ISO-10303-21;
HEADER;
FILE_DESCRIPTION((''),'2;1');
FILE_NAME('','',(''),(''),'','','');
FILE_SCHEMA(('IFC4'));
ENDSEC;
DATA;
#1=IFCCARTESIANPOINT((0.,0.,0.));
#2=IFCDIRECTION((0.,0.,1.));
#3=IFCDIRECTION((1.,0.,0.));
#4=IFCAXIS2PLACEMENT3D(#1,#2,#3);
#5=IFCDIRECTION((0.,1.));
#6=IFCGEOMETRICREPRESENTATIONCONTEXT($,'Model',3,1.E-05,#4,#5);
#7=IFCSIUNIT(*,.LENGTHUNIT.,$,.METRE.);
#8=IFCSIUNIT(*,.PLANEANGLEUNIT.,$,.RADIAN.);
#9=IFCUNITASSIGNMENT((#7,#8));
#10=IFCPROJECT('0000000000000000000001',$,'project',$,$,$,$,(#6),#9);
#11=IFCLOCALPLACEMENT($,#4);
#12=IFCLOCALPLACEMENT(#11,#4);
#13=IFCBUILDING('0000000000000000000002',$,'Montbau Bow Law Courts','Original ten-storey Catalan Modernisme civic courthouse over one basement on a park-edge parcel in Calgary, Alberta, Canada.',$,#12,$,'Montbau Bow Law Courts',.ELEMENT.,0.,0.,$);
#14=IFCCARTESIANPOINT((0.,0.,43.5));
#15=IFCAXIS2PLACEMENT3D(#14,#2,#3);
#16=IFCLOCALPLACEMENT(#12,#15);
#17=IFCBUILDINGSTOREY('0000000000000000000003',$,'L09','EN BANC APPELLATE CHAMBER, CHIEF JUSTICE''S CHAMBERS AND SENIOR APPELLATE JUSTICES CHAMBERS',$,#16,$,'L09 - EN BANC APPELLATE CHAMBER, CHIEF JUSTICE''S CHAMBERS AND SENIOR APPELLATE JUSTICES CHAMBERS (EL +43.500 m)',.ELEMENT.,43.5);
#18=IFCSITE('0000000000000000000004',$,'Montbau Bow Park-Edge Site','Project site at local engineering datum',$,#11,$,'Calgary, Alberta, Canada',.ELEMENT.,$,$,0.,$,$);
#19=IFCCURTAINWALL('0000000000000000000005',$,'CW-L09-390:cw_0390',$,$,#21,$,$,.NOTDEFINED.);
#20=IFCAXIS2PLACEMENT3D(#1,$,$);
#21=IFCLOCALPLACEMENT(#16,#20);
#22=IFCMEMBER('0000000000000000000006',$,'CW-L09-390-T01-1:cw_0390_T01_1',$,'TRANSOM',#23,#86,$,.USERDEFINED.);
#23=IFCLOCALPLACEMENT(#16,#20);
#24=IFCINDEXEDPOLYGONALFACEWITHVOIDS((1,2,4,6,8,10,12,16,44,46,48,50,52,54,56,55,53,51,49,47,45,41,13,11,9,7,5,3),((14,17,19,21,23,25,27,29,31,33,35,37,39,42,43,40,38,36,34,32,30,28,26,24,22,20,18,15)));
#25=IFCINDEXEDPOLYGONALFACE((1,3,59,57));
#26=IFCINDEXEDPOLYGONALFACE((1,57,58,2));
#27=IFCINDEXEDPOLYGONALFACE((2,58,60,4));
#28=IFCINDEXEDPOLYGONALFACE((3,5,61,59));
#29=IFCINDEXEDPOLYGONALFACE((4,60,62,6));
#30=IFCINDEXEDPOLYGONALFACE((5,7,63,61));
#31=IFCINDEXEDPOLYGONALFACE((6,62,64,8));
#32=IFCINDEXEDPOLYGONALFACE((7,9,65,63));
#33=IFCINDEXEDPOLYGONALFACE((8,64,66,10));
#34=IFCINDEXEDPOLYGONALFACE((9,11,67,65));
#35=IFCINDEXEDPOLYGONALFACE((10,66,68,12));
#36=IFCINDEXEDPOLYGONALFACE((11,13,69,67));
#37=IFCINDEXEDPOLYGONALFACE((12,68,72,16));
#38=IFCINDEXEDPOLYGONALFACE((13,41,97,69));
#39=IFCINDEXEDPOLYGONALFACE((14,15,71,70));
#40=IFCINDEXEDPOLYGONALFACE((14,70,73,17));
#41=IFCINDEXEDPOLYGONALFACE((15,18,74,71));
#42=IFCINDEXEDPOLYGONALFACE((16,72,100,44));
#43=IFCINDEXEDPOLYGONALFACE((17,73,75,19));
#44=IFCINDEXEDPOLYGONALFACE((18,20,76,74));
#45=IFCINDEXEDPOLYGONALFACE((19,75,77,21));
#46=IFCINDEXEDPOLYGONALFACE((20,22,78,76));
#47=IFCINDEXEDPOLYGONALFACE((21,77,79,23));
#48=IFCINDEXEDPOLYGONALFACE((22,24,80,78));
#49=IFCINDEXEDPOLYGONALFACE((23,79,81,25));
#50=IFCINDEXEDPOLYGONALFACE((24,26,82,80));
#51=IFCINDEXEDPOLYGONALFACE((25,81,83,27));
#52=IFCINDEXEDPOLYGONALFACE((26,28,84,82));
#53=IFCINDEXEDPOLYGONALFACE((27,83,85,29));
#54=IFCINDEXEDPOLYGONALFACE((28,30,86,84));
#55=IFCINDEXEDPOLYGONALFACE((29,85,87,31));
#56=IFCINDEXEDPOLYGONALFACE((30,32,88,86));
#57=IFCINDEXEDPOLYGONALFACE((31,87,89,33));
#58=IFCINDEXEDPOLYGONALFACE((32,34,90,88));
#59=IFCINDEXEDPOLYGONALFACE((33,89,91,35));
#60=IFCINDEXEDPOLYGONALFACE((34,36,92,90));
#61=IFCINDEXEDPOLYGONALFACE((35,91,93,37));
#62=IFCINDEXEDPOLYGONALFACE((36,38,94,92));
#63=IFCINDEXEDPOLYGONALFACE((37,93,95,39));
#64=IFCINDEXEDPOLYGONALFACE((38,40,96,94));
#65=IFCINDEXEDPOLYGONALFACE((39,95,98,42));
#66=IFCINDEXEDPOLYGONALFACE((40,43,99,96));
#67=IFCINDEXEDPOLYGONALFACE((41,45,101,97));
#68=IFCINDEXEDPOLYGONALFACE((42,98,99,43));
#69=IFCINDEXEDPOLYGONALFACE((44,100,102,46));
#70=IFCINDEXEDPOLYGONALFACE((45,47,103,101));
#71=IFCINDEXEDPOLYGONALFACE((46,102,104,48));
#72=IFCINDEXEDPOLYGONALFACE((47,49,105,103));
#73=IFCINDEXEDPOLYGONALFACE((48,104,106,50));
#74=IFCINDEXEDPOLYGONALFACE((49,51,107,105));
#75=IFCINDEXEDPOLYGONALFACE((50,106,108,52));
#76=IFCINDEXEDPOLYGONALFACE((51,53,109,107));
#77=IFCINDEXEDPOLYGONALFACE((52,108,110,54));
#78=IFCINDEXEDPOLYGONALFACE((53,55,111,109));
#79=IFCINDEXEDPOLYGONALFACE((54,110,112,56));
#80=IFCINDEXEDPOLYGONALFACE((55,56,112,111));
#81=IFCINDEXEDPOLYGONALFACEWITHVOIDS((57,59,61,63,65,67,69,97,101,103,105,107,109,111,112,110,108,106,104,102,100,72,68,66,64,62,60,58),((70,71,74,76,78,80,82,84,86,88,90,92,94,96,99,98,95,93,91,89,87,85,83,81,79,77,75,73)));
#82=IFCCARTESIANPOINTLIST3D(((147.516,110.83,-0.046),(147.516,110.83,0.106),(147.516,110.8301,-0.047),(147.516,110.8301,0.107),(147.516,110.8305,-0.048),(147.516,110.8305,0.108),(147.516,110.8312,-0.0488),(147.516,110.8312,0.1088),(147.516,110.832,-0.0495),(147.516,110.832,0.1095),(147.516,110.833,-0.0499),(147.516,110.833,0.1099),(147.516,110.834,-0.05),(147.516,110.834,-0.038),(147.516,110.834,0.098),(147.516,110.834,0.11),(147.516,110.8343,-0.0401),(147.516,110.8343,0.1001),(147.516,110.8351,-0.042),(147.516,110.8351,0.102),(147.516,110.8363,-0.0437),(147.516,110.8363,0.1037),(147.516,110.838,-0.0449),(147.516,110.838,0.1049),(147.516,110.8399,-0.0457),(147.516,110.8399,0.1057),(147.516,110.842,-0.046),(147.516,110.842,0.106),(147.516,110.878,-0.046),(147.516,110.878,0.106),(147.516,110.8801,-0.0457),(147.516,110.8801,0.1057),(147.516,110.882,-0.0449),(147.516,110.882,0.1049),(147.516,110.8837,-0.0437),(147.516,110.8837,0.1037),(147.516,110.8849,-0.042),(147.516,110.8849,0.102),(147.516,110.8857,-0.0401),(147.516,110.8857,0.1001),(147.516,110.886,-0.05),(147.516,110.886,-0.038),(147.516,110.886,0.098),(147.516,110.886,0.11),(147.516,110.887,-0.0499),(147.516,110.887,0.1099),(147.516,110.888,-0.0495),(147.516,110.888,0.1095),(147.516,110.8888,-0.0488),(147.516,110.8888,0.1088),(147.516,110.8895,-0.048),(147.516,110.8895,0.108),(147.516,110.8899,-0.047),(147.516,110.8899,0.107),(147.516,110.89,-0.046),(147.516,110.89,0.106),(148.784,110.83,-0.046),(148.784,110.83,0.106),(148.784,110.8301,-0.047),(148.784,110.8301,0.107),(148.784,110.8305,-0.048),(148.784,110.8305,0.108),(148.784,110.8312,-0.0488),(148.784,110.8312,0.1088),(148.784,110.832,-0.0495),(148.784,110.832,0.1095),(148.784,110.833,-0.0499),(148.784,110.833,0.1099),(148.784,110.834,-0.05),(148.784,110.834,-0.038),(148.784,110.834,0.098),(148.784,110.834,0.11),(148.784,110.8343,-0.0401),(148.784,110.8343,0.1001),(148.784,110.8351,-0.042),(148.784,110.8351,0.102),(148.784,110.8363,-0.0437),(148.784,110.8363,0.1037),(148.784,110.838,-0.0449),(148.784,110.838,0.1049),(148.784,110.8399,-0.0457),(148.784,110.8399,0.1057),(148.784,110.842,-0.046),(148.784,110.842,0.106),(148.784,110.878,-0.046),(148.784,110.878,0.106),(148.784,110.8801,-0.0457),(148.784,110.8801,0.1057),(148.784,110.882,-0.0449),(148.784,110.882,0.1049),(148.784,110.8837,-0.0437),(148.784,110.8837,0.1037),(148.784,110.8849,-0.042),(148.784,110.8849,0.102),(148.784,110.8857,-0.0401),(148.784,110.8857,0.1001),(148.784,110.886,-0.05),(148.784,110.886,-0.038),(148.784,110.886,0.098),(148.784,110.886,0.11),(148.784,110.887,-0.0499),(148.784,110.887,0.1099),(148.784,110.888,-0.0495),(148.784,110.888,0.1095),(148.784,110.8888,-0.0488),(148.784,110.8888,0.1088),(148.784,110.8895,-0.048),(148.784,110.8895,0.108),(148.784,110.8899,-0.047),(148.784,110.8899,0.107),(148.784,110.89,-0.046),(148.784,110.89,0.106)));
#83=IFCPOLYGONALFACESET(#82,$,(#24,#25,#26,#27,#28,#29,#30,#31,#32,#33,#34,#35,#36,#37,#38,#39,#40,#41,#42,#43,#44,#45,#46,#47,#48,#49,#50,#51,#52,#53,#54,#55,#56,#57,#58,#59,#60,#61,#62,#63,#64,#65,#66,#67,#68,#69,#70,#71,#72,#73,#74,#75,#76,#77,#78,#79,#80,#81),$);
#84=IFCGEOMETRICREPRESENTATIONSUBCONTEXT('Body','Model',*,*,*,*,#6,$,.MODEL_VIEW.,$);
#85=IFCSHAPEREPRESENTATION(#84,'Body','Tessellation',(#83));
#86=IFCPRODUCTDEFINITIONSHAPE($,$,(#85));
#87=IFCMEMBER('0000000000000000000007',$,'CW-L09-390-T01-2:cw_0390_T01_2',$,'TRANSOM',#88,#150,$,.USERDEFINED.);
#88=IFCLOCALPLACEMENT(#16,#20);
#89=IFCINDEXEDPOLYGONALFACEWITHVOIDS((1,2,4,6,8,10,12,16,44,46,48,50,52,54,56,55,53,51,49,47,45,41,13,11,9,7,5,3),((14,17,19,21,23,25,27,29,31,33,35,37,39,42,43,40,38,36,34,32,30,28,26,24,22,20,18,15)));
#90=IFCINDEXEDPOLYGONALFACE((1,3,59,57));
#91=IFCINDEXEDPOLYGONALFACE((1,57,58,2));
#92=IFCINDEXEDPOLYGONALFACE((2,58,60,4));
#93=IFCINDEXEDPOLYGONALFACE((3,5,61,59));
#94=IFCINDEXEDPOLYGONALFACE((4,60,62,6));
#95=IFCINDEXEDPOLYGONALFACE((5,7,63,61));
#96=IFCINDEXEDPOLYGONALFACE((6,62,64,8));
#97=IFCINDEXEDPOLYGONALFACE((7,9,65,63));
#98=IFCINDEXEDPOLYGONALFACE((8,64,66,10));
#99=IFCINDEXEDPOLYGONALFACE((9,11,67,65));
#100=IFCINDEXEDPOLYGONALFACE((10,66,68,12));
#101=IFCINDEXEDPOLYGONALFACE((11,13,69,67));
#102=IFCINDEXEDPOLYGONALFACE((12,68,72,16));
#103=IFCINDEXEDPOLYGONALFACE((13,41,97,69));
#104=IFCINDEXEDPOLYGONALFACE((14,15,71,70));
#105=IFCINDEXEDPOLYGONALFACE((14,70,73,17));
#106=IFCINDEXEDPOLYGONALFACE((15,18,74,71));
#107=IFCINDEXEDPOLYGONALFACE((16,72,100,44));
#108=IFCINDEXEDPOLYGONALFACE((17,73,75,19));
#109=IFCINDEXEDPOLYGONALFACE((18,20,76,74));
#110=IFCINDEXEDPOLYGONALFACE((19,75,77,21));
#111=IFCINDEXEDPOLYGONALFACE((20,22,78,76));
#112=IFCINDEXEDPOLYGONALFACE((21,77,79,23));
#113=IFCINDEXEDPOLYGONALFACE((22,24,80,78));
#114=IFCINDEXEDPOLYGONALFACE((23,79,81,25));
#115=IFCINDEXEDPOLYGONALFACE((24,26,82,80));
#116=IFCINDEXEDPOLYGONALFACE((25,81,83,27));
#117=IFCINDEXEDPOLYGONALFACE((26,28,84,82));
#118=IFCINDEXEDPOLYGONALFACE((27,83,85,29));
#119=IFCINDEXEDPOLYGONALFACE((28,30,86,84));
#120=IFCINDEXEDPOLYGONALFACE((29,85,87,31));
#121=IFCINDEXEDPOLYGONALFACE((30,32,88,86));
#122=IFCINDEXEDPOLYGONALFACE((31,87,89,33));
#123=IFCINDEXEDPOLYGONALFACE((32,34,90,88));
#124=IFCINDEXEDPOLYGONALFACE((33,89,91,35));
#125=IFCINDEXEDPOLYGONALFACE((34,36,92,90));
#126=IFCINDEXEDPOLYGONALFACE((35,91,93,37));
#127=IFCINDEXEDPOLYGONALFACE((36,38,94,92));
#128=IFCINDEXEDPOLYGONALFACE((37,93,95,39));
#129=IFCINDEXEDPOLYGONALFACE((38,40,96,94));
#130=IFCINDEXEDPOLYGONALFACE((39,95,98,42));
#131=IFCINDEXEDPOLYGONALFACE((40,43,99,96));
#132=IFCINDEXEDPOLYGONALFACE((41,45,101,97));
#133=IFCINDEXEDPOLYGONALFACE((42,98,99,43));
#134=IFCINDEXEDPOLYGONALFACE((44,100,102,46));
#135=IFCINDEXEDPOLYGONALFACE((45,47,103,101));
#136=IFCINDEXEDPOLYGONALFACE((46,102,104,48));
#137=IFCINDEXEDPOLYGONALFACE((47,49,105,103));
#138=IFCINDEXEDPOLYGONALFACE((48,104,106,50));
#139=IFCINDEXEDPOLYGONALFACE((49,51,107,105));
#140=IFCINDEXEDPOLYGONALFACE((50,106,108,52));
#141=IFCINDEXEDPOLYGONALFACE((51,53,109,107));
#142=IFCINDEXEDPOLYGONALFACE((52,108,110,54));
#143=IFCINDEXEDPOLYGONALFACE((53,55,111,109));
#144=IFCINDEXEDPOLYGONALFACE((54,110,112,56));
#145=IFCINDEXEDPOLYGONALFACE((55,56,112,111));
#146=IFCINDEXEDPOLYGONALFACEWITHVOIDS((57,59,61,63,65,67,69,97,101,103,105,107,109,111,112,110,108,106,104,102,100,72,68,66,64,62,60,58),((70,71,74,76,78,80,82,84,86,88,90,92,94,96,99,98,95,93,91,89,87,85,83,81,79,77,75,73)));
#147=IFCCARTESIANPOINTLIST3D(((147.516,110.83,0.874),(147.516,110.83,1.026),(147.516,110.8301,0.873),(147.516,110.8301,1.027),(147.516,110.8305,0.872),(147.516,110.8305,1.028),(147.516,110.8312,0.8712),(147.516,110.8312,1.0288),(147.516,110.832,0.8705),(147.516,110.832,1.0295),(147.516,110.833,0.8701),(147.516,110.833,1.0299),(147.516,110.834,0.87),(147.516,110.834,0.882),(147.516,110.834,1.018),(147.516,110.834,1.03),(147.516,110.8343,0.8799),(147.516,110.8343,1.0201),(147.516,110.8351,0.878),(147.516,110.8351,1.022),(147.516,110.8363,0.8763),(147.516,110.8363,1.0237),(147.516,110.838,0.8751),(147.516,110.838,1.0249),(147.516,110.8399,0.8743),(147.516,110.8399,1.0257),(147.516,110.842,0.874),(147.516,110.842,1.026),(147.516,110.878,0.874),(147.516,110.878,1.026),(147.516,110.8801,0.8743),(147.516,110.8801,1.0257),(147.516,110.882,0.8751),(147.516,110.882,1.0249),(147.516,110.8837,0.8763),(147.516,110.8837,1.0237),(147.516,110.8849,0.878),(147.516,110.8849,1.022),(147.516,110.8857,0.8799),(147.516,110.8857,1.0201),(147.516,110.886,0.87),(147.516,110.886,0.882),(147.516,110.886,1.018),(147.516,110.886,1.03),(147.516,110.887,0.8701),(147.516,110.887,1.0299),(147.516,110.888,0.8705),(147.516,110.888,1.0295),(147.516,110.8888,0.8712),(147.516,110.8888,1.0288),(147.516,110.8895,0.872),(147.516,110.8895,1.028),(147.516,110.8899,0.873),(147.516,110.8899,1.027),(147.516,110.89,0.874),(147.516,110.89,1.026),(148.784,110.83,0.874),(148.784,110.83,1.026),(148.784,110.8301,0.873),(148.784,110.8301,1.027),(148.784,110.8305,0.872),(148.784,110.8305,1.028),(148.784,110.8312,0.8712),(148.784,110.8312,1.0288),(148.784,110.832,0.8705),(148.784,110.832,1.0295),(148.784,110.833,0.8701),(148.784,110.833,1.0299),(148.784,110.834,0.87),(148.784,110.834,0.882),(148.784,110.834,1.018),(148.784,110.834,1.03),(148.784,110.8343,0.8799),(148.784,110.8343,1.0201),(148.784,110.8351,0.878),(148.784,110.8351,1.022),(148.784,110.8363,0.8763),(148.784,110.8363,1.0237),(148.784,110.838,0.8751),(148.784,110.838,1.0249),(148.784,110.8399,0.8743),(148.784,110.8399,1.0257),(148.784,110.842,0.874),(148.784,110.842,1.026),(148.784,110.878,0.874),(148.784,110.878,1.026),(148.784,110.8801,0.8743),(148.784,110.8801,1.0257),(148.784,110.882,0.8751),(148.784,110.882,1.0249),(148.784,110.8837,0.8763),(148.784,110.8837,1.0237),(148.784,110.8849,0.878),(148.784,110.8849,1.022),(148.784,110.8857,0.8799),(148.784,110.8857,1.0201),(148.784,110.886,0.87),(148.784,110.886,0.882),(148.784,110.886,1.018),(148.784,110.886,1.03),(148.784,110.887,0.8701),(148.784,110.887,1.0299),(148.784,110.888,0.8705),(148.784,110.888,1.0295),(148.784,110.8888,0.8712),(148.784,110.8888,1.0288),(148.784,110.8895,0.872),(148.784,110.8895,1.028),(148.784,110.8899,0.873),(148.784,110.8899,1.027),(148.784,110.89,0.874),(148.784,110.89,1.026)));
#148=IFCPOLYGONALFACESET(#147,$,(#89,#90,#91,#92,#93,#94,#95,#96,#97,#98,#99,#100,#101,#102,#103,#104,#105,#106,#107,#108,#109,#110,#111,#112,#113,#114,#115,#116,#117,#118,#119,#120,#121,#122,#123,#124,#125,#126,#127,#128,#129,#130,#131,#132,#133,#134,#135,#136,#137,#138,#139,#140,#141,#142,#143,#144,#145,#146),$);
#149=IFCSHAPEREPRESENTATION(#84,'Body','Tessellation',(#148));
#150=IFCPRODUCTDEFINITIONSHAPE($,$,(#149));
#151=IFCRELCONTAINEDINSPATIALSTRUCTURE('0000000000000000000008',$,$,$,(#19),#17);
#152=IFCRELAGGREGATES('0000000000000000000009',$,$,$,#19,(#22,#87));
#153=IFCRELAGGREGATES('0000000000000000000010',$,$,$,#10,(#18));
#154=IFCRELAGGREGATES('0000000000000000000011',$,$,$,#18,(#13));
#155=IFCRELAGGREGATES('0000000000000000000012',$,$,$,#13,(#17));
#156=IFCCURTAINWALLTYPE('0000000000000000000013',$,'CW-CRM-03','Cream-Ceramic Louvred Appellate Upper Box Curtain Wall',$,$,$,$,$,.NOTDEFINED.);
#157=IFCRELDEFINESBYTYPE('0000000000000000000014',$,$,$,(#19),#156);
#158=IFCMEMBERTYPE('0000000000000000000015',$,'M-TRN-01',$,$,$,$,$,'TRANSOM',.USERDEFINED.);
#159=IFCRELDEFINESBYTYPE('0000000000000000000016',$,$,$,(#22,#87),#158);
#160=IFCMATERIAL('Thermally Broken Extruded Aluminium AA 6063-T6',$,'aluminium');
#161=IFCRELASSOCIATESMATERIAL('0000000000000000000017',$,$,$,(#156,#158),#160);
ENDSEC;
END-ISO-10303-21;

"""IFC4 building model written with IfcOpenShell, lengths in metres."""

from ifc_helpers import new_model, si_unit, direction, frame, origin_with_axes, origin_2d_with_axis, place, context, subcontext, project, spatial, hollow_rectangle, extrude, material, material_profile, profile_set, type_object, element, aggregate, save


model = new_model("IFC4")

# Units and contexts
model_context = context("Model", 3, precision=1e-05, world=origin_with_axes(), true_north=direction((0.0, 1.0)))
body_context = subcontext(model_context, "Body", "Model", "MODEL_VIEW")
ifc_project = project(units=[si_unit("LENGTHUNIT", "METRE"), si_unit("PLANEANGLEUNIT", "RADIAN")], contexts=[model_context])

# Site, building, storey
site_placement = place(None, origin_with_axes())
site = spatial("IfcSite", under=ifc_project, at=site_placement, Name="Montbau Bow Park-Edge Site", Description="Project site at local engineering datum", LongName="Calgary, Alberta, Canada", CompositionType="ELEMENT", RefElevation=0.0)
building_placement = place(site_placement, origin_with_axes())
building = spatial("IfcBuilding", under=site, at=building_placement, Name="Montbau Bow Law Courts", Description="Original ten-storey Catalan Modernisme civic courthouse over one basement on a park-edge parcel in Calgary, Alberta, Canada.", LongName="Montbau Bow Law Courts", CompositionType="ELEMENT", ElevationOfRefHeight=0.0, ElevationOfTerrain=0.0)
storey_placement = place(building_placement, frame((0.0, 0.0, 43.5), z_axis=(0.0, 0.0, 1.0), x_axis=(1.0, 0.0, 0.0)))
storey = spatial("IfcBuildingStorey", under=building, at=storey_placement, Name="L09", Description="EN BANC APPELLATE CHAMBER, CHIEF JUSTICE'S CHAMBERS AND SENIOR APPELLATE JUSTICES CHAMBERS", LongName="L09 - EN BANC APPELLATE CHAMBER, CHIEF JUSTICE'S CHAMBERS AND SENIOR APPELLATE JUSTICES CHAMBERS (EL +43.500 m)", CompositionType="ELEMENT", Elevation=43.5)

# Curtain wall
ifc_material_1 = material(Name="Thermally Broken Extruded Aluminium AA 6063-T6", Category="aluminium")
curtain_wall_type = type_object("IfcCurtainWallType", Name="CW-CRM-03", Description="Cream-Ceramic Louvred Appellate Upper Box Curtain Wall", PredefinedType="NOTDEFINED", material=ifc_material_1)
curtain_wall_1_placement = place(None, frame((147.44, 110.86, 43.5), z_axis=(0.0, 0.0, 1.0), x_axis=(1.0, 0.0, 0.0)))
curtain_wall_1 = element("IfcCurtainWall", 1, at=curtain_wall_1_placement, inside=storey, type_object=curtain_wall_type, Name="CW-L09-390:cw_0390", PredefinedType="NOTDEFINED")

# Members
ifc_material_profile_1 = material_profile(ifc_material_1, hollow_rectangle(XDim=0.06, YDim=0.16, WallThickness=0.004, InnerFilletRadius=0.008, OuterFilletRadius=0.004, at=origin_2d_with_axis()), Name="CWT-160X60", Category="Main", Priority=0)
ifc_profile_set_1 = profile_set([ifc_material_profile_1], Name="Thermally Broken Extruded Aluminium AA 6063-T6")
member_type_1 = type_object("IfcMemberType", Name="M-TRN-01", ElementType="TRANSOM", PredefinedType="USERDEFINED", material=ifc_profile_set_1)
member_1_placement = place(None, frame((147.516, 110.86, 43.53), z_axis=(1.0, 0.0, 0.0), x_axis=(0.0, 1.0, 0.0)))
member_1 = element("IfcMember", 2, at=member_1_placement, type_object=member_type_1, Name="CW-L09-390-T01-1:cw_0390_T01_1", ObjectType="TRANSOM", PredefinedType="USERDEFINED", context=body_context, shape_type="SweptSolid", body=[
    extrude(hollow_rectangle(XDim=0.06, YDim=0.16, WallThickness=0.004, InnerFilletRadius=0.008, OuterFilletRadius=0.004, at=origin_2d_with_axis()), origin_with_axes(), (0.0, 0.0, 1.0), 1.268),
])
member_2_placement = place(None, frame((147.516, 110.86, 44.45), z_axis=(1.0, 0.0, 0.0), x_axis=(0.0, 1.0, 0.0)))
member_2 = element("IfcMember", 3, at=member_2_placement, type_object=member_type_1, Name="CW-L09-390-T01-2:cw_0390_T01_2", ObjectType="TRANSOM", PredefinedType="USERDEFINED", context=body_context, shape_type="SweptSolid", body=[
    extrude(hollow_rectangle(XDim=0.06, YDim=0.16, WallThickness=0.004, InnerFilletRadius=0.008, OuterFilletRadius=0.004, at=origin_2d_with_axis()), origin_with_axes(), (0.0, 0.0, 1.0), 1.268),
])

aggregate(curtain_wall_1, [member_1, member_2])

save(model, "model.ifc")
